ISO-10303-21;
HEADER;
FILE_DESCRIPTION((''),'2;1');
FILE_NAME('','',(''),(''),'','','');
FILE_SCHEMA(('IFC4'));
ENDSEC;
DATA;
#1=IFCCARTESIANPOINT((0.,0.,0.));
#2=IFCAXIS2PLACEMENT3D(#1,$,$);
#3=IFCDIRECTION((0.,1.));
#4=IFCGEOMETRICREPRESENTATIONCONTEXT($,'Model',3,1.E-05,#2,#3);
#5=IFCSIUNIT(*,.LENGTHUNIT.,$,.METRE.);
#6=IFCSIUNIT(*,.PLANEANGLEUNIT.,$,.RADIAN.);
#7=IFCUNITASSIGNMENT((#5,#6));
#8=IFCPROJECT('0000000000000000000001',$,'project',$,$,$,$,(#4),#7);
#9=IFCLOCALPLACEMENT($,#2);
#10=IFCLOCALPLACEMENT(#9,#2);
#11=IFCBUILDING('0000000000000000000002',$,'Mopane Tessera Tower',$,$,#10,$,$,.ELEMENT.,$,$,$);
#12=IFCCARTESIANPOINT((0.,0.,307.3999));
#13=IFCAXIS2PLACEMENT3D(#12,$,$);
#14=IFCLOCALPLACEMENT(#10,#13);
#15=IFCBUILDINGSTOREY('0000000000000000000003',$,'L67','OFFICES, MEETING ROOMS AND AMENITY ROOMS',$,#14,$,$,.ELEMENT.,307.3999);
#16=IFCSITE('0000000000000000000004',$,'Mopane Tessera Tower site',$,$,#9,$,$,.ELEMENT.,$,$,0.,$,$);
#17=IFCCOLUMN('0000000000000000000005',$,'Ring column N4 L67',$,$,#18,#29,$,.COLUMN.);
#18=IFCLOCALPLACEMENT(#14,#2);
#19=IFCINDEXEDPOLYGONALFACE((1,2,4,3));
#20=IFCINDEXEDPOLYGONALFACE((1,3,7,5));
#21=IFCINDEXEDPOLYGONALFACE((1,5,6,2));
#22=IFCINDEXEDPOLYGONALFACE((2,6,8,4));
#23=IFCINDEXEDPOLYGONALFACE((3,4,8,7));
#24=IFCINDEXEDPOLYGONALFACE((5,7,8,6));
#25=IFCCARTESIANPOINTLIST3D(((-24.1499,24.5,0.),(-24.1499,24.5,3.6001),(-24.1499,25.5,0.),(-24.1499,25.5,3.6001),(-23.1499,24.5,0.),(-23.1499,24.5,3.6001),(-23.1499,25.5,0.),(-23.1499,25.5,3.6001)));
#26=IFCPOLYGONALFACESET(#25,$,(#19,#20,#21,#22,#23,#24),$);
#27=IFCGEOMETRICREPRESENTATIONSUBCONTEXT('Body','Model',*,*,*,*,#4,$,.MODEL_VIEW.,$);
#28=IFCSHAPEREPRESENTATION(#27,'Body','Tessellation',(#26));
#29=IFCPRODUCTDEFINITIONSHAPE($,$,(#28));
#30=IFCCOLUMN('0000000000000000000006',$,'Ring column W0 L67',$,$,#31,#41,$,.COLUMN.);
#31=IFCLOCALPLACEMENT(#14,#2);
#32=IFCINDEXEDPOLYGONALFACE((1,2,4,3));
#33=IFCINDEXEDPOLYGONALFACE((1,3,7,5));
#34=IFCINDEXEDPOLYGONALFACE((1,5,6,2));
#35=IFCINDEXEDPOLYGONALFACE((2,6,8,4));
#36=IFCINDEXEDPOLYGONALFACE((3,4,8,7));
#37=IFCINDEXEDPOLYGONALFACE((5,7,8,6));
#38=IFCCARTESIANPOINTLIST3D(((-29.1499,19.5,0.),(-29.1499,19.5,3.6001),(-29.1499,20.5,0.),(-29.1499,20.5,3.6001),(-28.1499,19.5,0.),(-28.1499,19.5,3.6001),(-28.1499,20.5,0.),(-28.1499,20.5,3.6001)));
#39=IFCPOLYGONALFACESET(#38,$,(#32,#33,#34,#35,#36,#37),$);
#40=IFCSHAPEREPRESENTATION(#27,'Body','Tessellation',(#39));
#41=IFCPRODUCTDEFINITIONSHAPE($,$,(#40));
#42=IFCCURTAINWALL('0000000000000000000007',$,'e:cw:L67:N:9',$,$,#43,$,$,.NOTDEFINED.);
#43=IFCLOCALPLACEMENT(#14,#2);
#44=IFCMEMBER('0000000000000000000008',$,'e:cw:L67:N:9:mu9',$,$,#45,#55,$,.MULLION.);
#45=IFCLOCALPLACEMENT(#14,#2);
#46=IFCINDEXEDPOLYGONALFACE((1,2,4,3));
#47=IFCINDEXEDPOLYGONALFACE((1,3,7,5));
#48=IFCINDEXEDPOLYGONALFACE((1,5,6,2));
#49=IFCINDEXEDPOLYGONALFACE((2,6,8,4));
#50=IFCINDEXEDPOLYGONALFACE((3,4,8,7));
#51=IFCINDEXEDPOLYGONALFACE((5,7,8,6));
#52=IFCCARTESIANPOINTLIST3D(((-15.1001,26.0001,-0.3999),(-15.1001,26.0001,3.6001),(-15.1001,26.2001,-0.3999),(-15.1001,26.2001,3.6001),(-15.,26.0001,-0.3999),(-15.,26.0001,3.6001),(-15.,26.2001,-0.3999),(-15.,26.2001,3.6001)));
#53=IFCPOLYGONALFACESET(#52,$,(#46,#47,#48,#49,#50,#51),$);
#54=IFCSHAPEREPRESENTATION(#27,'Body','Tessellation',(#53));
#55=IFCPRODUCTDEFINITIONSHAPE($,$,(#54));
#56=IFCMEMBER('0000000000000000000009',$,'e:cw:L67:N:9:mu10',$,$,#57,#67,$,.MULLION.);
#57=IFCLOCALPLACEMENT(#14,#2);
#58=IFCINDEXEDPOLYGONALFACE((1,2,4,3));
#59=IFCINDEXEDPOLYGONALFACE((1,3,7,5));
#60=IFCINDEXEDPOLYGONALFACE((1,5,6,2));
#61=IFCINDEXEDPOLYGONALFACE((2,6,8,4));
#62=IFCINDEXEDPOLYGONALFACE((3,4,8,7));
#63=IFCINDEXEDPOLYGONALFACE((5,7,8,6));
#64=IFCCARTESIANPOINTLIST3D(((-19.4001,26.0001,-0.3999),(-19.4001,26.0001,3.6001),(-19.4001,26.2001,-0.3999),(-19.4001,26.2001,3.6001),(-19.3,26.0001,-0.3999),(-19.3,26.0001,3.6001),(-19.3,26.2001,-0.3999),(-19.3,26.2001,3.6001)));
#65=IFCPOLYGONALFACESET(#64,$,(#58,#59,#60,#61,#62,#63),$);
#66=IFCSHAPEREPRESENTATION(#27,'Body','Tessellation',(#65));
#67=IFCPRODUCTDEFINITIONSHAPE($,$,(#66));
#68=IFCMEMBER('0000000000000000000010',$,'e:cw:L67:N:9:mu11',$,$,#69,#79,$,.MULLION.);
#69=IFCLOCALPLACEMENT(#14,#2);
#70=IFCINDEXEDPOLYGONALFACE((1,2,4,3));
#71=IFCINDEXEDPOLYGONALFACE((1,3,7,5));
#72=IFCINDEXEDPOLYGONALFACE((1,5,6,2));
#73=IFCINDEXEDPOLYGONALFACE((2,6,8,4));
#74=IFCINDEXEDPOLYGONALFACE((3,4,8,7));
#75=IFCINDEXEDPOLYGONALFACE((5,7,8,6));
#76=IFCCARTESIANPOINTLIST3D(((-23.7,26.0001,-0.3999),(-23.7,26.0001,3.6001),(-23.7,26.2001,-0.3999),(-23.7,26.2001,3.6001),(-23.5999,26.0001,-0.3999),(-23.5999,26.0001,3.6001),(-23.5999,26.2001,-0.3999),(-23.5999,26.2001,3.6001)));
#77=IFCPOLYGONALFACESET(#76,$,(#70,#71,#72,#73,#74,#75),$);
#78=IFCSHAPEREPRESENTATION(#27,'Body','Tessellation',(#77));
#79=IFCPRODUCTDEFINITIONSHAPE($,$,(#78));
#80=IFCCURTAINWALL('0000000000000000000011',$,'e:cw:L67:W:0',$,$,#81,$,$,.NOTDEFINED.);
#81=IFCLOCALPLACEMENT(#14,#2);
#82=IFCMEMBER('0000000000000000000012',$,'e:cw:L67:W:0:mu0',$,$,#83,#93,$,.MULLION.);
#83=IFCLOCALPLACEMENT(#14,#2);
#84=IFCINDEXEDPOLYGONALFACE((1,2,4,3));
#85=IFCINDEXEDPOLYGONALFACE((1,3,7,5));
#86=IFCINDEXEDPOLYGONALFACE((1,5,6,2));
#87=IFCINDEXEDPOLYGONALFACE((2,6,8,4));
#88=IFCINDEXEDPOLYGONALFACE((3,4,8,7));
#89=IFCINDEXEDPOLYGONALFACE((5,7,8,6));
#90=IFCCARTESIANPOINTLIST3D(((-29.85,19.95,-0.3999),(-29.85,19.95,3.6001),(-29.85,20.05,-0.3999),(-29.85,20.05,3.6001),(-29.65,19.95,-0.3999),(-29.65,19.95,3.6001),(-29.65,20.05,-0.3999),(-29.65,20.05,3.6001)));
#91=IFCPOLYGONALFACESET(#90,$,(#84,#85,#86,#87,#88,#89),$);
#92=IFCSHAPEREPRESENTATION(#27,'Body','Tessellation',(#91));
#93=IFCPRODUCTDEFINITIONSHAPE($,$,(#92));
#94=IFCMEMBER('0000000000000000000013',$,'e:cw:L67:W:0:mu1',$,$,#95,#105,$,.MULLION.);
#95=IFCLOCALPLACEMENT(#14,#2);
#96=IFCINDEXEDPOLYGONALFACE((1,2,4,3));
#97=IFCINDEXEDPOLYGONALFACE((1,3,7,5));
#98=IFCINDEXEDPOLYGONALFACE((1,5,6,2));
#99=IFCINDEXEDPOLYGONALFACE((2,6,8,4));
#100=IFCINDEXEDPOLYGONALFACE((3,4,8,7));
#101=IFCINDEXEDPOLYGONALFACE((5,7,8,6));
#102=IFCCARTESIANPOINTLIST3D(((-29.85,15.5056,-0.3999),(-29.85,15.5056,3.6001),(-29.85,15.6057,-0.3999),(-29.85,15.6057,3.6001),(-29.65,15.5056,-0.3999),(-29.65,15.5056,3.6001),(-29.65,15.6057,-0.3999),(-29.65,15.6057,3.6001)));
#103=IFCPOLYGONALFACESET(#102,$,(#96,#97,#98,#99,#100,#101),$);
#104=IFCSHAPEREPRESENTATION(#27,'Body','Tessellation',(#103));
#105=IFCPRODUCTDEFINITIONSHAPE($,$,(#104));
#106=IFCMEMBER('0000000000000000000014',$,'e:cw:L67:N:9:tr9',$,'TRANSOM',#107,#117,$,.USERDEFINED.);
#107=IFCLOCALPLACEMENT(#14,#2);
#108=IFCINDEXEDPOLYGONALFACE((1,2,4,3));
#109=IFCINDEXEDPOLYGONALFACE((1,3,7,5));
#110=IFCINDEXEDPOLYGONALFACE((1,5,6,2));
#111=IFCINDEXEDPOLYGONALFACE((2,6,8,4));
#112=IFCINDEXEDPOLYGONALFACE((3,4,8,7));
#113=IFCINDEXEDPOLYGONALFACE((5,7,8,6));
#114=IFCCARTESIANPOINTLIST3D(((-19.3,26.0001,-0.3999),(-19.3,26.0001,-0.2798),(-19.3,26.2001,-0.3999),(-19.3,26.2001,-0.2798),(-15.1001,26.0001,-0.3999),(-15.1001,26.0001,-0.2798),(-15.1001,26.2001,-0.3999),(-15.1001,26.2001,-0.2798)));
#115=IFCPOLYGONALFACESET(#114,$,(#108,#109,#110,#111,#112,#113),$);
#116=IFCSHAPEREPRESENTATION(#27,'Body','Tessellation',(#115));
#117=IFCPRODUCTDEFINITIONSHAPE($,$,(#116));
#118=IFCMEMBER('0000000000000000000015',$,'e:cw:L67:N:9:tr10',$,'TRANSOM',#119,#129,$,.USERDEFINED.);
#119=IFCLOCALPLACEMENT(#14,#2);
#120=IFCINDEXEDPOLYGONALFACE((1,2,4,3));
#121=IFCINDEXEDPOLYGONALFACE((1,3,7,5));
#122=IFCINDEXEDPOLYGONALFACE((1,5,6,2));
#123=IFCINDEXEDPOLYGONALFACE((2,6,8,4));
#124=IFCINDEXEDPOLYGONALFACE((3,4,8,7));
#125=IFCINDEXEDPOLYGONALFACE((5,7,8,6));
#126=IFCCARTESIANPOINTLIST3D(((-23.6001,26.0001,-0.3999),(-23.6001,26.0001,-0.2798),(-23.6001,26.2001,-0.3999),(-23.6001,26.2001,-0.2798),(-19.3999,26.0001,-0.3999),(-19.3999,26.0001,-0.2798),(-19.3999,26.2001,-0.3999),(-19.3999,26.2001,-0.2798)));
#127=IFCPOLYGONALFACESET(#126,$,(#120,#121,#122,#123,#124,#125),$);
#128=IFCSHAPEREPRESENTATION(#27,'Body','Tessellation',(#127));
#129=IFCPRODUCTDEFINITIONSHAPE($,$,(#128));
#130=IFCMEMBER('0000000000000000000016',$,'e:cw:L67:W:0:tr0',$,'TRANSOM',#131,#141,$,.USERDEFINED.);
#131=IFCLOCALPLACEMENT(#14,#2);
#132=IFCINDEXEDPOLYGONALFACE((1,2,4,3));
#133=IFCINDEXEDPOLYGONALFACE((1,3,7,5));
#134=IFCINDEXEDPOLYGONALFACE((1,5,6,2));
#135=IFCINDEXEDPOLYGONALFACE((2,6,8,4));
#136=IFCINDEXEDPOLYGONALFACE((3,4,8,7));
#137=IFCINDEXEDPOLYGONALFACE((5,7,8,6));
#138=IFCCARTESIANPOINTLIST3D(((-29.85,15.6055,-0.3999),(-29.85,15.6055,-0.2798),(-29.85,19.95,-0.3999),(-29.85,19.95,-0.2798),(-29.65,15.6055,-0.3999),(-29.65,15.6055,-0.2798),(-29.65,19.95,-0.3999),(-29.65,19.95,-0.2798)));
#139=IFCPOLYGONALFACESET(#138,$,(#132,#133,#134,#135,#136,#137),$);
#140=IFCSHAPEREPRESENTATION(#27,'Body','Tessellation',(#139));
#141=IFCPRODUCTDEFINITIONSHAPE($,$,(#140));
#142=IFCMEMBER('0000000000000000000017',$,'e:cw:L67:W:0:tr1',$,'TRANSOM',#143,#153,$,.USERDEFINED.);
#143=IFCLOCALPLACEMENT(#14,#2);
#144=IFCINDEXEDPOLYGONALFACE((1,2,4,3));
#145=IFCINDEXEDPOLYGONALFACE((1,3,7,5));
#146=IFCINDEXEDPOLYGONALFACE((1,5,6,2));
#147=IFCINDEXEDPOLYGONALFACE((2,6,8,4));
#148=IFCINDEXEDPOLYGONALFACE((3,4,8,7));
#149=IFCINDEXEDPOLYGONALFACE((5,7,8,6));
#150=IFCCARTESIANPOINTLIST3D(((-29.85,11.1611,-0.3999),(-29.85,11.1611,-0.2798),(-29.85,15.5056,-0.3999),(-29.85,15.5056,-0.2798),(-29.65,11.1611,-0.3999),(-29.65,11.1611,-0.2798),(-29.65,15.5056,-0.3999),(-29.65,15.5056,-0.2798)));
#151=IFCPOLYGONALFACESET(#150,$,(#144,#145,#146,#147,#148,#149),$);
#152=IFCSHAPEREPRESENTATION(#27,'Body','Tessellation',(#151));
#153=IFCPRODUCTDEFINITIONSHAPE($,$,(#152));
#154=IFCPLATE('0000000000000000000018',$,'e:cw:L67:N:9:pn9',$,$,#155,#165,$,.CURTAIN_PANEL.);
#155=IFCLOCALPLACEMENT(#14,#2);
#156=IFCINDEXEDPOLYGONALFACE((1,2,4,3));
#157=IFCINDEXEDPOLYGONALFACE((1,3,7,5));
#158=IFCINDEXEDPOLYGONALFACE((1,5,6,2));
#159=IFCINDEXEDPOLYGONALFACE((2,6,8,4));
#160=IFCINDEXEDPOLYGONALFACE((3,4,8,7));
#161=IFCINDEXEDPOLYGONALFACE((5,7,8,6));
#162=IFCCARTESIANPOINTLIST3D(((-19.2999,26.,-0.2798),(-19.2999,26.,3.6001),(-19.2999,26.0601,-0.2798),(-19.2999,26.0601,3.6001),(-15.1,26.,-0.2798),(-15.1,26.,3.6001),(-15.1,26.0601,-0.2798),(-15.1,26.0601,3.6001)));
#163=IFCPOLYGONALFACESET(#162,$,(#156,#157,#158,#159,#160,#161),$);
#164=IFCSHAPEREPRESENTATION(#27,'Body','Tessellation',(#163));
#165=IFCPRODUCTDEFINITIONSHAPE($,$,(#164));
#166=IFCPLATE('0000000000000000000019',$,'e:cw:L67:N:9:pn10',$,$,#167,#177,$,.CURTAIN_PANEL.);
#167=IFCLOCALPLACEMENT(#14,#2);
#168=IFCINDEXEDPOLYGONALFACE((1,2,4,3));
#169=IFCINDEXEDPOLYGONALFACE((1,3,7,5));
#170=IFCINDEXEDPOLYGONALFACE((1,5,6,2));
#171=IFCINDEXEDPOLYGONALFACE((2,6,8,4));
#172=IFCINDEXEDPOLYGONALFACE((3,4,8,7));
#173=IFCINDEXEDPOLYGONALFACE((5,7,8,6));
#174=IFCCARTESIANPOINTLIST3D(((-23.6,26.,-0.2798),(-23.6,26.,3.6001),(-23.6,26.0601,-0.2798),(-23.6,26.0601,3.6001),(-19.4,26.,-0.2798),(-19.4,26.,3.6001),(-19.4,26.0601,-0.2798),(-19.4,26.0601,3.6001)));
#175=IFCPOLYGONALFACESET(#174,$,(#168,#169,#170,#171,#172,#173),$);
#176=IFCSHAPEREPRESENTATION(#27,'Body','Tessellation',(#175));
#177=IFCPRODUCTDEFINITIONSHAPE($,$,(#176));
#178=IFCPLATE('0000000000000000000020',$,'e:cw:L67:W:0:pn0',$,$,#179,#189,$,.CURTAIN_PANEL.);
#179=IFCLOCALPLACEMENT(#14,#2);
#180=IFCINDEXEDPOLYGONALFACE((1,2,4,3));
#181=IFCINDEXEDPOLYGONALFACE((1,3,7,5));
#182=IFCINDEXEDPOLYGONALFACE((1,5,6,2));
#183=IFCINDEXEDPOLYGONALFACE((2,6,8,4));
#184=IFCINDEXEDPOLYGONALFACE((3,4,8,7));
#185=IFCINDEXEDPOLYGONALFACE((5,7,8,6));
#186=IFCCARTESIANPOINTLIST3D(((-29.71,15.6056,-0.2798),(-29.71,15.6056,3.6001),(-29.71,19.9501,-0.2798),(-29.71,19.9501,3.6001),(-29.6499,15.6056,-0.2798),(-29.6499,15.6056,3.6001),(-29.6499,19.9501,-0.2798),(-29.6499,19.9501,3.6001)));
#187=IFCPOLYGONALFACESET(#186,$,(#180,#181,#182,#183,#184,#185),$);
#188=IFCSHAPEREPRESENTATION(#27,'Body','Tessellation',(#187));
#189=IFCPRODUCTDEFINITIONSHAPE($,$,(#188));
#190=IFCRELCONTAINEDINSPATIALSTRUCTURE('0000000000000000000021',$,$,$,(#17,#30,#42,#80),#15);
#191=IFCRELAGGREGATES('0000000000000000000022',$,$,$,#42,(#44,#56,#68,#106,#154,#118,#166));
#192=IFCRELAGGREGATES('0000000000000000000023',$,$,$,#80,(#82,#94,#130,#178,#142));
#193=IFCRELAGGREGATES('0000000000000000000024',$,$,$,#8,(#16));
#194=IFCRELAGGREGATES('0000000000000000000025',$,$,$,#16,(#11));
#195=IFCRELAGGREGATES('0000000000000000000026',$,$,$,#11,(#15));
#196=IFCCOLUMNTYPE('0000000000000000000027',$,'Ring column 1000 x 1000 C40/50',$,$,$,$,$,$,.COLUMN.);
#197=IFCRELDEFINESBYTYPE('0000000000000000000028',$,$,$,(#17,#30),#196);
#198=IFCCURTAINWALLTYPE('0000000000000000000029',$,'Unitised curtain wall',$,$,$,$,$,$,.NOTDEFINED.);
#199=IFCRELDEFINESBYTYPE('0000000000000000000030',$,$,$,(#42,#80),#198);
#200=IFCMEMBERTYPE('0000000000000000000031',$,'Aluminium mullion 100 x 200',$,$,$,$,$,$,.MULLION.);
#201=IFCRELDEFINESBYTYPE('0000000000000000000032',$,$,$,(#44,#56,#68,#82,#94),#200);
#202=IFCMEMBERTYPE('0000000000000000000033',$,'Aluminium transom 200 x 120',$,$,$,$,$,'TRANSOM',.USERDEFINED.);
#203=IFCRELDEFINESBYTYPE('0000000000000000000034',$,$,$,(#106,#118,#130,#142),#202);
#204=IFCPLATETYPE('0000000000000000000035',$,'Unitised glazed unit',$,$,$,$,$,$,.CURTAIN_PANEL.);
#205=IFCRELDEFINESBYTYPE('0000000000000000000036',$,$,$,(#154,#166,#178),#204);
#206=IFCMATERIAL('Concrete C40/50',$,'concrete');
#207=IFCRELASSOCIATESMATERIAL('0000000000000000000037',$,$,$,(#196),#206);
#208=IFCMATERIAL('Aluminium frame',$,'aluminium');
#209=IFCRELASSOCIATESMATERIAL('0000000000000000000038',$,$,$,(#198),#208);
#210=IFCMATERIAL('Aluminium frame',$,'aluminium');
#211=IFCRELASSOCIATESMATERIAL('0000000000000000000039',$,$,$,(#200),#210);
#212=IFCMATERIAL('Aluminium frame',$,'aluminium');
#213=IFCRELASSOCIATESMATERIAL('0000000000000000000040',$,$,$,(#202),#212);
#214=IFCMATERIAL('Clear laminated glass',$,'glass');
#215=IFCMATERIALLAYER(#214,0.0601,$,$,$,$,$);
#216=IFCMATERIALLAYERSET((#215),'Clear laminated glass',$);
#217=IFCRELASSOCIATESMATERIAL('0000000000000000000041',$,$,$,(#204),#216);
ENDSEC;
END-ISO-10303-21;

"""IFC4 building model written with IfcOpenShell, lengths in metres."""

from ifc_helpers import new_model, si_unit, direction, frame, origin, origin_2d, place, context, subcontext, project, spatial, rectangle, extrude, material, layer, layer_set, material_profile, profile_set, type_object, element, aggregate, save


model = new_model("IFC4")

# Units and contexts
model_context = context("Model", 3, precision=1e-05, world=origin(), true_north=direction((0.0, 1.0)))
body_context = subcontext(model_context, "Body", "Model", "MODEL_VIEW")
ifc_project = project(units=[si_unit("LENGTHUNIT", "METRE"), si_unit("PLANEANGLEUNIT", "RADIAN")], contexts=[model_context])

# Site, building, storey
site_placement = place(None, origin())
site = spatial("IfcSite", under=ifc_project, at=site_placement, Name="Mopane Tessera Tower site", CompositionType="ELEMENT", RefElevation=0.0)
building_placement = place(site_placement, origin())
building = spatial("IfcBuilding", under=site, at=building_placement, Name="Mopane Tessera Tower", CompositionType="ELEMENT")
storey_placement = place(building_placement, frame((0.0, 0.0, 307.3999)))
storey = spatial("IfcBuildingStorey", under=building, at=storey_placement, Name="L67", Description="OFFICES, MEETING ROOMS AND AMENITY ROOMS", CompositionType="ELEMENT", Elevation=307.3999)

# Columns
ifc_material_1 = material(Name="Concrete C40/50", Category="concrete")
ifc_material_profile_1 = material_profile(ifc_material_1, rectangle(XDim=1.0, YDim=1.0, at=origin_2d()))
ifc_profile_set_1 = profile_set([ifc_material_profile_1], Name="Concrete C40/50")
column_type = type_object("IfcColumnType", Name="Ring column 1000 x 1000 C40/50", PredefinedType="COLUMN", material=ifc_profile_set_1)
for number, where, z_axis, x_axis, name in (
    (1, (-23.6499, 25.0, 0.0), (0.0, 0.0, 1.0), (1.0, 0.0, 0.0), "Ring column N4 L67"),
    (2, (-28.6499, 20.0, 0.0), (0.0, 0.0, 1.0), (1.0, 0.0, 0.0), "Ring column W0 L67"),
):
    element("IfcColumn", number, at=place(storey_placement, frame(where, z_axis=z_axis, x_axis=x_axis)), inside=storey, type_object=column_type, Name=name, PredefinedType="COLUMN", context=body_context, shape_type="SweptSolid", body=[
        extrude(rectangle(XDim=1.0, YDim=1.0, at=origin_2d()), origin(), (0.0, 0.0, 1.0), 3.6001),
    ])

# Curtain walls, members
ifc_material_2 = material(Name="Aluminium frame", Category="aluminium")
curtain_wall_type = type_object("IfcCurtainWallType", Name="Unitised curtain wall", PredefinedType="NOTDEFINED", material=ifc_material_2)
curtain_wall_1_placement = place(storey_placement, origin())
curtain_wall_1 = element("IfcCurtainWall", 3, at=curtain_wall_1_placement, inside=storey, type_object=curtain_wall_type, Name="e:cw:L67:N:9", PredefinedType="NOTDEFINED")
ifc_material_3 = material(Name="Aluminium frame", Category="aluminium")
ifc_material_profile_2 = material_profile(ifc_material_3, rectangle(XDim=0.1001, YDim=0.2, at=origin_2d()))
ifc_profile_set_2 = profile_set([ifc_material_profile_2], Name="Aluminium frame")
member_type_1 = type_object("IfcMemberType", Name="Aluminium mullion 100 x 200", PredefinedType="MULLION", material=ifc_profile_set_2)
member_1_placement = place(storey_placement, frame((-15.05, 26.1001, -0.3999), z_axis=(0.0, 0.0, 1.0), x_axis=(-1.0, 0.0, 0.0)))
member_1 = element("IfcMember", 4, at=member_1_placement, type_object=member_type_1, Name="e:cw:L67:N:9:mu9", PredefinedType="MULLION", context=body_context, shape_type="SweptSolid", body=[
    extrude(rectangle(XDim=0.1001, YDim=0.2, at=origin_2d()), origin(), (0.0, 0.0, 1.0), 4.0),
])
member_2_placement = place(storey_placement, frame((-19.3501, 26.1001, -0.3999), z_axis=(0.0, 0.0, 1.0), x_axis=(-1.0, 0.0, 0.0)))
member_2 = element("IfcMember", 5, at=member_2_placement, type_object=member_type_1, Name="e:cw:L67:N:9:mu10", PredefinedType="MULLION", context=body_context, shape_type="SweptSolid", body=[
    extrude(rectangle(XDim=0.1001, YDim=0.2, at=origin_2d()), origin(), (0.0, 0.0, 1.0), 4.0),
])
member_3_placement = place(storey_placement, frame((-23.6499, 26.1001, -0.3999), z_axis=(0.0, 0.0, 1.0), x_axis=(-1.0, 0.0, 0.0)))
member_3 = element("IfcMember", 6, at=member_3_placement, type_object=member_type_1, Name="e:cw:L67:N:9:mu11", PredefinedType="MULLION", context=body_context, shape_type="SweptSolid", body=[
    extrude(rectangle(XDim=0.1001, YDim=0.2, at=origin_2d()), origin(), (0.0, 0.0, 1.0), 4.0),
])
curtain_wall_2_placement = place(storey_placement, origin())
curtain_wall_2 = element("IfcCurtainWall", 7, at=curtain_wall_2_placement, inside=storey, type_object=curtain_wall_type, Name="e:cw:L67:W:0", PredefinedType="NOTDEFINED")
member_4_placement = place(storey_placement, frame((-29.75, 20.0, -0.3999), z_axis=(0.0, 0.0, 1.0), x_axis=(0.0, -1.0, 0.0)))
member_4 = element("IfcMember", 8, at=member_4_placement, type_object=member_type_1, Name="e:cw:L67:W:0:mu0", PredefinedType="MULLION", context=body_context, shape_type="SweptSolid", body=[
    extrude(rectangle(XDim=0.1001, YDim=0.2, at=origin_2d()), origin(), (0.0, 0.0, 1.0), 4.0),
])
member_5_placement = place(storey_placement, frame((-29.75, 15.5557, -0.3999), z_axis=(0.0, 0.0, 1.0), x_axis=(0.0, -1.0, 0.0)))
member_5 = element("IfcMember", 9, at=member_5_placement, type_object=member_type_1, Name="e:cw:L67:W:0:mu1", PredefinedType="MULLION", context=body_context, shape_type="SweptSolid", body=[
    extrude(rectangle(XDim=0.1001, YDim=0.2, at=origin_2d()), origin(), (0.0, 0.0, 1.0), 4.0),
])

# Members
ifc_material_4 = material(Name="Aluminium frame", Category="aluminium")
ifc_material_profile_3 = material_profile(ifc_material_4, rectangle(XDim=0.2, YDim=0.1201, at=origin_2d()))
ifc_profile_set_3 = profile_set([ifc_material_profile_3], Name="Aluminium frame")
member_type_2 = type_object("IfcMemberType", Name="Aluminium transom 200 x 120", ElementType="TRANSOM", PredefinedType="USERDEFINED", material=ifc_profile_set_3)
member_6_placement = place(storey_placement, frame((-15.1001, 26.1001, -0.3398), z_axis=(-1.0, 0.0, 0.0), x_axis=(0.0, -1.0, 0.0)))
member_6 = element("IfcMember", 10, at=member_6_placement, type_object=member_type_2, Name="e:cw:L67:N:9:tr9", ObjectType="TRANSOM", PredefinedType="USERDEFINED", context=body_context, shape_type="SweptSolid", body=[
    extrude(rectangle(XDim=0.2, YDim=0.1201, at=origin_2d()), origin(), (0.0, 0.0, 1.0), 4.2),
])
member_7_placement = place(storey_placement, frame((-19.3999, 26.1001, -0.3398), z_axis=(-1.0, 0.0, 0.0), x_axis=(0.0, -1.0, 0.0)))
member_7 = element("IfcMember", 11, at=member_7_placement, type_object=member_type_2, Name="e:cw:L67:N:9:tr10", ObjectType="TRANSOM", PredefinedType="USERDEFINED", context=body_context, shape_type="SweptSolid", body=[
    extrude(rectangle(XDim=0.2, YDim=0.1201, at=origin_2d()), origin(), (0.0, 0.0, 1.0), 4.2002),
])
member_8_placement = place(storey_placement, frame((-29.75, 19.95, -0.3398), z_axis=(0.0, -1.0, 0.0), x_axis=(1.0, 0.0, 0.0)))
member_8 = element("IfcMember", 12, at=member_8_placement, type_object=member_type_2, Name="e:cw:L67:W:0:tr0", ObjectType="TRANSOM", PredefinedType="USERDEFINED", context=body_context, shape_type="SweptSolid", body=[
    extrude(rectangle(XDim=0.2, YDim=0.1201, at=origin_2d()), origin(), (0.0, 0.0, 1.0), 4.3445),
])
member_9_placement = place(storey_placement, frame((-29.75, 15.5056, -0.3398), z_axis=(0.0, -1.0, 0.0), x_axis=(1.0, 0.0, 0.0)))
member_9 = element("IfcMember", 13, at=member_9_placement, type_object=member_type_2, Name="e:cw:L67:W:0:tr1", ObjectType="TRANSOM", PredefinedType="USERDEFINED", context=body_context, shape_type="SweptSolid", body=[
    extrude(rectangle(XDim=0.2, YDim=0.1201, at=origin_2d()), origin(), (0.0, 0.0, 1.0), 4.3445),
])

# Plates
ifc_material_5 = material(Name="Clear laminated glass", Category="glass")
ifc_layer_1 = layer(ifc_material_5, 0.0601)
ifc_layer_set_1 = layer_set([ifc_layer_1], Name="Clear laminated glass")
plate_type = type_object("IfcPlateType", Name="Unitised glazed unit", PredefinedType="CURTAIN_PANEL", material=ifc_layer_set_1)
plate_1_placement = place(storey_placement, frame((-17.2, 26.03, -0.2798), z_axis=(0.0, 0.0, 1.0), x_axis=(-1.0, 0.0, 0.0)))
plate_1 = element("IfcPlate", 14, at=plate_1_placement, type_object=plate_type, Name="e:cw:L67:N:9:pn9", PredefinedType="CURTAIN_PANEL", context=body_context, shape_type="SweptSolid", body=[
    extrude(rectangle(XDim=4.2, YDim=0.0601, at=origin_2d()), origin(), (0.0, 0.0, 1.0), 3.8799),
])
plate_2_placement = place(storey_placement, frame((-21.5, 26.03, -0.2798), z_axis=(0.0, 0.0, 1.0), x_axis=(-1.0, 0.0, 0.0)))
plate_2 = element("IfcPlate", 15, at=plate_2_placement, type_object=plate_type, Name="e:cw:L67:N:9:pn10", PredefinedType="CURTAIN_PANEL", context=body_context, shape_type="SweptSolid", body=[
    extrude(rectangle(XDim=4.2, YDim=0.0601, at=origin_2d()), origin(), (0.0, 0.0, 1.0), 3.8799),
])
aggregate(curtain_wall_1, [member_1, member_2, member_3, member_6, plate_1, member_7, plate_2])
plate_3_placement = place(storey_placement, frame((-29.6799, 17.7778, -0.2798), z_axis=(0.0, 0.0, 1.0), x_axis=(0.0, -1.0, 0.0)))
plate_3 = element("IfcPlate", 16, at=plate_3_placement, type_object=plate_type, Name="e:cw:L67:W:0:pn0", PredefinedType="CURTAIN_PANEL", context=body_context, shape_type="SweptSolid", body=[
    extrude(rectangle(XDim=4.3445, YDim=0.0601, at=origin_2d()), origin(), (0.0, 0.0, 1.0), 3.8799),
])
aggregate(curtain_wall_2, [member_4, member_5, member_8, plate_3, member_9])

save(model, "model.ifc")
